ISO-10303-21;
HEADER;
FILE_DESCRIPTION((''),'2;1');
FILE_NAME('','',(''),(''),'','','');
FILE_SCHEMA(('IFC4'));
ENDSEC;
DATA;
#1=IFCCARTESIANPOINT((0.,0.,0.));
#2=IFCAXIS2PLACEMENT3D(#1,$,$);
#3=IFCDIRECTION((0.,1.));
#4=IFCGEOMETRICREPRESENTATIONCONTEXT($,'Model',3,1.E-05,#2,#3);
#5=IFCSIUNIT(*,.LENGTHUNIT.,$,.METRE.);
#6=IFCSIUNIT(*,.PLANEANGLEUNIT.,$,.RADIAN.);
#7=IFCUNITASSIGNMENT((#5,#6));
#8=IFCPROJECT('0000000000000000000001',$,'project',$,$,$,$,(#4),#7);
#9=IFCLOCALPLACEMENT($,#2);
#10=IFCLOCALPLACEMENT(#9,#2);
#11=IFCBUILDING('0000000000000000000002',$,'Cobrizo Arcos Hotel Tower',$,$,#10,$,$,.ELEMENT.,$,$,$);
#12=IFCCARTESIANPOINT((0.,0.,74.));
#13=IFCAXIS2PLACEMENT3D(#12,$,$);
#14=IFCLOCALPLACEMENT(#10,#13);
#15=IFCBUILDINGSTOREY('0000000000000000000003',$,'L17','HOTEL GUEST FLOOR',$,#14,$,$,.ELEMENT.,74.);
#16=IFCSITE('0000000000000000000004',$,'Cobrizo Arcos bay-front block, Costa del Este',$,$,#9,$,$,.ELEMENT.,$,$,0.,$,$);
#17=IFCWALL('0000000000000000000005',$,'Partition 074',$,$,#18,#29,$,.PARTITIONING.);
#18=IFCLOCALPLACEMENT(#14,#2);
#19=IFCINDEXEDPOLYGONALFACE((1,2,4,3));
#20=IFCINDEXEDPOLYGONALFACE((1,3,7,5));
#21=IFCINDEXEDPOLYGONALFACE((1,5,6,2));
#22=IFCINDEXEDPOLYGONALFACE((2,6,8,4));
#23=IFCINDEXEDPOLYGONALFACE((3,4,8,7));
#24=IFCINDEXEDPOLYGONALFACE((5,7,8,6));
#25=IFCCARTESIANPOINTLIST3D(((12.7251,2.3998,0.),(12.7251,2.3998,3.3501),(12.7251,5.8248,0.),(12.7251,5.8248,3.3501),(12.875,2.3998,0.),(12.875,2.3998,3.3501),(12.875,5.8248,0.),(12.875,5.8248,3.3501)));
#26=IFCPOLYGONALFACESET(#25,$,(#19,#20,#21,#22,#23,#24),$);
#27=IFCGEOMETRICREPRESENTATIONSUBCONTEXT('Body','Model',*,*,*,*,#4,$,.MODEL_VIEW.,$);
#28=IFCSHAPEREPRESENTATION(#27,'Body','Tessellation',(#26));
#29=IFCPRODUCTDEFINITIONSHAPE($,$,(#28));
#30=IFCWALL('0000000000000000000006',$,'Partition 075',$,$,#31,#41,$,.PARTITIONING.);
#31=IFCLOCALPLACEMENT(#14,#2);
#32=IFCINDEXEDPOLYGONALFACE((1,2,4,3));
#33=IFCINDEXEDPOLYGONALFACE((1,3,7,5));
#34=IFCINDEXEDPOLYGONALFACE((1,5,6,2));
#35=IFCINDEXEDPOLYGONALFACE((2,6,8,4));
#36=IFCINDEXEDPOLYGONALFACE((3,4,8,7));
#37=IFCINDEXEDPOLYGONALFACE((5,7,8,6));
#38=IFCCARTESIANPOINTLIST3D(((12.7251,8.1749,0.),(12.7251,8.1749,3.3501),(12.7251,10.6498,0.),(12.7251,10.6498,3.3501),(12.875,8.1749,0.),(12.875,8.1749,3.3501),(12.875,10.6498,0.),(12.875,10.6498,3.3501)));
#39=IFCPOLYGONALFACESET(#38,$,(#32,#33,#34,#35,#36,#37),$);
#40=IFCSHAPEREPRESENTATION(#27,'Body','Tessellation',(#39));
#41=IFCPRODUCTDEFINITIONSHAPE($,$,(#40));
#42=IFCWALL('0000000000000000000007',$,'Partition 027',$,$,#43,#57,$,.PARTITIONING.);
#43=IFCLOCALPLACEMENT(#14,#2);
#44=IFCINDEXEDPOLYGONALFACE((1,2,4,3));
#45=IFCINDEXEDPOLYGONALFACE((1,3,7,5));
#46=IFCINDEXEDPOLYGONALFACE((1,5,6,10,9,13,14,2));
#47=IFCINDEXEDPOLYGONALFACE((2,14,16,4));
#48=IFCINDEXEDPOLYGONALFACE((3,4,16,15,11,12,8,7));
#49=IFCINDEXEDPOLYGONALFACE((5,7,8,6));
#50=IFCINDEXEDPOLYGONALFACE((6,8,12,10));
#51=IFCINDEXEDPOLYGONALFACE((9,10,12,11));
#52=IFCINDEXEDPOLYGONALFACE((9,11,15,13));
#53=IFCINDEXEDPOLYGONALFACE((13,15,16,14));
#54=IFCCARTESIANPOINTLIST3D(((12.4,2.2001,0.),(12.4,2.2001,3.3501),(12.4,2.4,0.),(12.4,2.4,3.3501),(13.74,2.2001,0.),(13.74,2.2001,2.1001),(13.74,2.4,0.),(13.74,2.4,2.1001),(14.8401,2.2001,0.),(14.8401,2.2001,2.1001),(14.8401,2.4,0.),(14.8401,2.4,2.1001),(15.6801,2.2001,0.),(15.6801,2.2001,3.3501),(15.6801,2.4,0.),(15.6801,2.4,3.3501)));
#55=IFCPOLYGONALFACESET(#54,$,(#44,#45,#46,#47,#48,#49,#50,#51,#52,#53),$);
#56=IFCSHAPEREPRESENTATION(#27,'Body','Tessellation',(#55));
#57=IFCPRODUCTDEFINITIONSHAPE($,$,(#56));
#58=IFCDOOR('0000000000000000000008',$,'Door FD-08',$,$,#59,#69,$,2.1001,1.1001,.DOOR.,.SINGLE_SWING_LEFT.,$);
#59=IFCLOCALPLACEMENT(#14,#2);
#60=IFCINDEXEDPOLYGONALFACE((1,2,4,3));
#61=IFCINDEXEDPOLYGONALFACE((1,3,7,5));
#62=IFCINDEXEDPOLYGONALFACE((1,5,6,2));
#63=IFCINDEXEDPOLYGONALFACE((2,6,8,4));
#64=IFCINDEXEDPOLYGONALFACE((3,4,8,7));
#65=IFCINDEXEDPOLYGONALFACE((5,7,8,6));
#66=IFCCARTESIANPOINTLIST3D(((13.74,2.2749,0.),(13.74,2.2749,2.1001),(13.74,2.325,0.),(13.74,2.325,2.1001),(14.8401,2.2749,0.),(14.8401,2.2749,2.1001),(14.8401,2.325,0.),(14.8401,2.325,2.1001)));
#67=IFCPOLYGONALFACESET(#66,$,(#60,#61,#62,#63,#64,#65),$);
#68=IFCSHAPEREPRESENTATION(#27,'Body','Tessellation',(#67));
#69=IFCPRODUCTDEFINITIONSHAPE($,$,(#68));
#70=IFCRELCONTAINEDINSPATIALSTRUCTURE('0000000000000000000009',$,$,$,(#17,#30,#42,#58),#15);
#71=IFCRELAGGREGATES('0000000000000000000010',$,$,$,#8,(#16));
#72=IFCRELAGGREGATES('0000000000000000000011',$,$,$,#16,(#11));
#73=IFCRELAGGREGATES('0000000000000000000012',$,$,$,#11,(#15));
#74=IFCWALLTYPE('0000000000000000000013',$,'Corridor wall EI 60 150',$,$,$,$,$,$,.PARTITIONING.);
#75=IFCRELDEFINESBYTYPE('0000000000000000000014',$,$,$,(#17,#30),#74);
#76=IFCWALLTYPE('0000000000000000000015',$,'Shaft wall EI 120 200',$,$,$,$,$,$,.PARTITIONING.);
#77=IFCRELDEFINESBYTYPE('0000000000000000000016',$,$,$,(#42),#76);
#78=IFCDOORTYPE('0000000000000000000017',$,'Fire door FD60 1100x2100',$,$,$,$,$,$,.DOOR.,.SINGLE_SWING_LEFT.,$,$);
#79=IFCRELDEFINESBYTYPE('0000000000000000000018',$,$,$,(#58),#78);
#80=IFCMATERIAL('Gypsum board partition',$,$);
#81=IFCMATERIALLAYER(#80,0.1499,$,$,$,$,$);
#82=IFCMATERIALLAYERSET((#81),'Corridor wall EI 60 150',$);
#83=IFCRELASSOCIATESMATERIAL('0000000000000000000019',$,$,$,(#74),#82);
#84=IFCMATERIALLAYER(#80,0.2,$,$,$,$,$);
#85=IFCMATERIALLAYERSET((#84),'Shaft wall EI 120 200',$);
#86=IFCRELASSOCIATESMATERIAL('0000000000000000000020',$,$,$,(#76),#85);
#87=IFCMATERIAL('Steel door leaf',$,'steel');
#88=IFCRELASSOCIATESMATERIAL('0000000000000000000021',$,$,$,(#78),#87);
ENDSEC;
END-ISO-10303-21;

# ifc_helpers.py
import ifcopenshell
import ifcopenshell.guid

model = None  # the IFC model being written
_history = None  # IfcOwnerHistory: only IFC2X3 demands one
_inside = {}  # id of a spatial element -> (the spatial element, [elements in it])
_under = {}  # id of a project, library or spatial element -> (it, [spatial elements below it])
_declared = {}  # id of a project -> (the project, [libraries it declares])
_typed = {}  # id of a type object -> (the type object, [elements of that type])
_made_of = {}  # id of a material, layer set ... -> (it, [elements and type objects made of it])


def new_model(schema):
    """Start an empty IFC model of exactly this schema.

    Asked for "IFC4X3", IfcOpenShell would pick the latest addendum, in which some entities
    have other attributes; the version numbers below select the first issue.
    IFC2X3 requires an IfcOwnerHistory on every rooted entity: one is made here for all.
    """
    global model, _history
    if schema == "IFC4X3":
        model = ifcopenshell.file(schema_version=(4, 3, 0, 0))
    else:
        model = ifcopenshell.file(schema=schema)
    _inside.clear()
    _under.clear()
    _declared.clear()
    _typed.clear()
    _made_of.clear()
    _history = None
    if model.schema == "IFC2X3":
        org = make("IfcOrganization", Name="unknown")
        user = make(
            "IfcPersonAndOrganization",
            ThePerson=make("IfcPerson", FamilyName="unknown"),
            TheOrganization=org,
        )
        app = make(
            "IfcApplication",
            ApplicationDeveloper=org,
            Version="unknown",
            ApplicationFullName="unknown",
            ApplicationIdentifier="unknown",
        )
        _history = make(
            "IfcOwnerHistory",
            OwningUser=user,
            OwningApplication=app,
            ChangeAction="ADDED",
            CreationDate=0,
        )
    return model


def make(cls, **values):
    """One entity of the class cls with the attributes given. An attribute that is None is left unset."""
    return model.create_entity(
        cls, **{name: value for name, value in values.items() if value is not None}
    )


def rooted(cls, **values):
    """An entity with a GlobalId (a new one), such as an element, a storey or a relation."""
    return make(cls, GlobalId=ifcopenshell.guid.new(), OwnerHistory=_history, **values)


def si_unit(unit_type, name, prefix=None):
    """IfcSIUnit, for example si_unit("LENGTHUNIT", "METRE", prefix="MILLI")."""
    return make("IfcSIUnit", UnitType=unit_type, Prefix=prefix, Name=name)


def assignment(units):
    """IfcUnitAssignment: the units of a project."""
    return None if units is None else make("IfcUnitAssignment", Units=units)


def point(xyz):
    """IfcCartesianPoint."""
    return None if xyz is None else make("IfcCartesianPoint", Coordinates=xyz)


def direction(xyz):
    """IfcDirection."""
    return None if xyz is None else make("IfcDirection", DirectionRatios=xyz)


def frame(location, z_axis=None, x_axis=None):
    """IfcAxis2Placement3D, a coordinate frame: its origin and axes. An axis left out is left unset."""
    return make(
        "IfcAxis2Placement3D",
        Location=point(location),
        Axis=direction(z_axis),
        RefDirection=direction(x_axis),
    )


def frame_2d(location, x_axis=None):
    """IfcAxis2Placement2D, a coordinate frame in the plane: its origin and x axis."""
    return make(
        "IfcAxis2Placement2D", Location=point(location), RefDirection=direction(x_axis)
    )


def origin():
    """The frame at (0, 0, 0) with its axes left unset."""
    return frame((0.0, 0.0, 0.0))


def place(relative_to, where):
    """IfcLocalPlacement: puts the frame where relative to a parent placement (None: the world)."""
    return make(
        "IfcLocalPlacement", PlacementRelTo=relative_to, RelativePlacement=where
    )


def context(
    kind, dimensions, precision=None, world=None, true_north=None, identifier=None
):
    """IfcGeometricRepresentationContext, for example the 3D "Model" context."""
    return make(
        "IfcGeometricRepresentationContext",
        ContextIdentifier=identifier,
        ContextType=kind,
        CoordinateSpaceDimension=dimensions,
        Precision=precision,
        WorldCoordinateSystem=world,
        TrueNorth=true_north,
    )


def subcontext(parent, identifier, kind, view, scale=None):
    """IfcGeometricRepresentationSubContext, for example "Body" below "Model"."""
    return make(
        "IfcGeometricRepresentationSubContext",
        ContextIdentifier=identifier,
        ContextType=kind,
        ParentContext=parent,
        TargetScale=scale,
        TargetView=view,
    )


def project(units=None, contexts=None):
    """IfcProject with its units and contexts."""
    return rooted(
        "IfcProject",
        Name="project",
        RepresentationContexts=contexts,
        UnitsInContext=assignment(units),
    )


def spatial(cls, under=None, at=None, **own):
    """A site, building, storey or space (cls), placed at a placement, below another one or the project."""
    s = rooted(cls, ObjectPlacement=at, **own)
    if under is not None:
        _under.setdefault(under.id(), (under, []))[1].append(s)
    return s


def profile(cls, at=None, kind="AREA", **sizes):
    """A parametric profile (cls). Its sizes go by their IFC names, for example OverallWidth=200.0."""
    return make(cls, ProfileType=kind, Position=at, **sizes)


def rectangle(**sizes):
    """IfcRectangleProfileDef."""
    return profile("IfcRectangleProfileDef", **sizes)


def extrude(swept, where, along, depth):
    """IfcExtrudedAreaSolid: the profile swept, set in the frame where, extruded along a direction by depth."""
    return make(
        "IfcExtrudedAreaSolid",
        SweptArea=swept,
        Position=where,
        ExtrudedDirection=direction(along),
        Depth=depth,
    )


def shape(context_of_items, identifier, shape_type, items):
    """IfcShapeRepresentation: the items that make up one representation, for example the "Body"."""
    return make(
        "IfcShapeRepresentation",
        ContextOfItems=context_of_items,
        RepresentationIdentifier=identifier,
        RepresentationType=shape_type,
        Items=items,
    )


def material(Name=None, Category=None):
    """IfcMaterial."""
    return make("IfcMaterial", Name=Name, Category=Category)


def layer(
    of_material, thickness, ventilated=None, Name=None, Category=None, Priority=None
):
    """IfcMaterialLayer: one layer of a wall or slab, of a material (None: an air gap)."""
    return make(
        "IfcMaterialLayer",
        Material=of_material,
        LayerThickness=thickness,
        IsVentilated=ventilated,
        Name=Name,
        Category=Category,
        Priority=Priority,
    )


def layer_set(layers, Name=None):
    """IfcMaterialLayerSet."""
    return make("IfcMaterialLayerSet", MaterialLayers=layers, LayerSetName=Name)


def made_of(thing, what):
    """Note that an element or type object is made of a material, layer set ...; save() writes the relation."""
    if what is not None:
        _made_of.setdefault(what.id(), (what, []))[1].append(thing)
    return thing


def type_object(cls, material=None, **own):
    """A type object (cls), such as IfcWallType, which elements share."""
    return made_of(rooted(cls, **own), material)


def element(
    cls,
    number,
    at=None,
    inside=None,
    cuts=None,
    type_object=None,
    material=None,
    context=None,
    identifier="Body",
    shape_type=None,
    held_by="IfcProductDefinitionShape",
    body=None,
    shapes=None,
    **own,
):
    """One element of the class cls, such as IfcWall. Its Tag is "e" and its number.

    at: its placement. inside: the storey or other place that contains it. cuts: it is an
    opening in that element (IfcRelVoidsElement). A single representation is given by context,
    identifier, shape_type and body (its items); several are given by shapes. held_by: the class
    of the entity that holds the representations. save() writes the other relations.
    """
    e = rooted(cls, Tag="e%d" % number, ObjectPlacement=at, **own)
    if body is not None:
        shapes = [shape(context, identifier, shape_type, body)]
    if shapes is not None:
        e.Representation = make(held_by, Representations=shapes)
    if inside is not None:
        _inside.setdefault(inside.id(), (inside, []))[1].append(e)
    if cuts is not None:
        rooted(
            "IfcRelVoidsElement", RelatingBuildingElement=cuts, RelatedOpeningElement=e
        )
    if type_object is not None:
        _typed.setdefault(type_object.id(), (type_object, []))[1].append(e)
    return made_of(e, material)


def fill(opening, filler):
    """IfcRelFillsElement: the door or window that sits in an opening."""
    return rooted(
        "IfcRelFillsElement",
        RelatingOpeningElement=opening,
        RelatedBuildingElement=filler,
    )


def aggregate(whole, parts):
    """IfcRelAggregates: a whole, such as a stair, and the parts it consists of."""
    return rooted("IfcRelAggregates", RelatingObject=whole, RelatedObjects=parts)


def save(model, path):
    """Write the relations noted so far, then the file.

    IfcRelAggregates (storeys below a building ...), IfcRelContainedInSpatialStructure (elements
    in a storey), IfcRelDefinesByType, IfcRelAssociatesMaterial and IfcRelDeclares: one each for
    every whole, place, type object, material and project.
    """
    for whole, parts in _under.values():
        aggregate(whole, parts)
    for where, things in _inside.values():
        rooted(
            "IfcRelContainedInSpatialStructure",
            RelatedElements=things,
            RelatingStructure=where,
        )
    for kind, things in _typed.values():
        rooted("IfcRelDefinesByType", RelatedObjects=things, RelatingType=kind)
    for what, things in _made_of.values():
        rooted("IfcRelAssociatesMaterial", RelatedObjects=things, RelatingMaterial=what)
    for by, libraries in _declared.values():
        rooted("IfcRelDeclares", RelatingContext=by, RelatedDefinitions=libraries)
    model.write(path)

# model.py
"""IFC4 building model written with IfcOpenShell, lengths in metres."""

from ifc_helpers import new_model, si_unit, direction, frame, frame_2d, origin, place, context, subcontext, project, spatial, rectangle, extrude, material, layer, layer_set, type_object, element, fill, save


model = new_model("IFC4")

# Units and contexts
model_context = context("Model", 3, precision=1e-05, world=origin(), true_north=direction((0.0, 1.0)))
body_context = subcontext(model_context, "Body", "Model", "MODEL_VIEW")
ifc_project = project(units=[si_unit("LENGTHUNIT", "METRE"), si_unit("PLANEANGLEUNIT", "RADIAN")], contexts=[model_context])

# Site, building, storey
site_placement = place(None, origin())
site = spatial("IfcSite", under=ifc_project, at=site_placement, Name="Cobrizo Arcos bay-front block, Costa del Este", CompositionType="ELEMENT", RefElevation=0.0)
building_placement = place(site_placement, origin())
building = spatial("IfcBuilding", under=site, at=building_placement, Name="Cobrizo Arcos Hotel Tower", CompositionType="ELEMENT")
storey_placement = place(building_placement, frame((0.0, 0.0, 74.0)))
storey = spatial("IfcBuildingStorey", under=building, at=storey_placement, Name="L17", Description="HOTEL GUEST FLOOR", CompositionType="ELEMENT", Elevation=74.0)

# Shared definitions
ifc_material_1 = material(Name="Gypsum board partition")
ifc_layer_1 = layer(ifc_material_1, 0.1499)
ifc_layer_set_1 = layer_set([ifc_layer_1], Name="Corridor wall EI 60 150")
wall_type_1 = type_object("IfcWallType", Name="Corridor wall EI 60 150", PredefinedType="PARTITIONING", material=ifc_layer_set_1)

# Walls
wall_1_placement = place(storey_placement, frame((12.8, 2.3999, 0.0), z_axis=(0.0, 0.0, 1.0), x_axis=(0.0, 1.0, 0.0)))
element("IfcWall", 1, at=wall_1_placement, inside=storey, type_object=wall_type_1, Name="Partition 074", PredefinedType="PARTITIONING", context=body_context, shape_type="SweptSolid", body=[
    extrude(rectangle(XDim=3.425, YDim=0.1499, at=frame_2d((1.7124, 0.0))), origin(), (0.0, 0.0, 1.0), 3.3501),
])
wall_2_placement = place(storey_placement, frame((12.8, 8.175, 0.0), z_axis=(0.0, 0.0, 1.0), x_axis=(0.0, 1.0, 0.0)))
element("IfcWall", 2, at=wall_2_placement, inside=storey, type_object=wall_type_1, Name="Partition 075", PredefinedType="PARTITIONING", context=body_context, shape_type="SweptSolid", body=[
    extrude(rectangle(XDim=2.4749, YDim=0.1499, at=frame_2d((1.2373, 0.0))), origin(), (0.0, 0.0, 1.0), 3.3501),
])

# Wall, opening, door
ifc_layer_2 = layer(ifc_material_1, 0.2)
ifc_layer_set_2 = layer_set([ifc_layer_2], Name="Shaft wall EI 120 200")
wall_type_2 = type_object("IfcWallType", Name="Shaft wall EI 120 200", PredefinedType="PARTITIONING", material=ifc_layer_set_2)
wall_3_placement = place(storey_placement, frame((12.3999, 2.3, 0.0), z_axis=(0.0, 0.0, 1.0), x_axis=(1.0, 0.0, 0.0)))
wall_3 = element("IfcWall", 3, at=wall_3_placement, inside=storey, type_object=wall_type_2, Name="Partition 027", PredefinedType="PARTITIONING", context=body_context, shape_type="SweptSolid", body=[
    extrude(rectangle(XDim=3.28, YDim=0.2, at=frame_2d((1.6401, 0.0))), origin(), (0.0, 0.0, 1.0), 3.3501),
])
opening_1_placement = place(wall_3_placement, frame((1.3401, 0.0, 0.0)))
opening_1 = element("IfcOpeningElement", 4, at=opening_1_placement, cuts=wall_3, PredefinedType="OPENING", context=body_context, shape_type="SweptSolid", body=[
    extrude(rectangle(XDim=1.1001, YDim=2.1001, at=frame_2d((0.55, 1.05))), frame((0.0, 0.1121, 0.0), z_axis=(0.0, -1.0, 0.0), x_axis=(1.0, 0.0, 0.0)), (0.0, 0.0, 1.0), 0.2239),
])
ifc_material_2 = material(Name="Steel door leaf", Category="steel")
door_type_1 = type_object("IfcDoorType", Name="Fire door FD60 1100x2100", OperationType="SINGLE_SWING_LEFT", PredefinedType="DOOR", material=ifc_material_2)
door_1_placement = place(opening_1_placement, origin())
door_1 = element("IfcDoor", 5, at=door_1_placement, inside=storey, type_object=door_type_1, Name="Door FD-08", OperationType="SINGLE_SWING_LEFT", OverallHeight=2.1001, OverallWidth=1.1001, PredefinedType="DOOR", context=body_context, shape_type="SweptSolid", body=[
    extrude(rectangle(XDim=1.1001, YDim=2.1001, at=frame_2d((0.55, 1.05))), frame((0.0, 0.0249, 0.0), z_axis=(0.0, -1.0, 0.0), x_axis=(1.0, 0.0, 0.0)), (0.0, 0.0, 1.0), 0.05),
])
fill(opening_1, door_1)

save(model, "model.ifc")
